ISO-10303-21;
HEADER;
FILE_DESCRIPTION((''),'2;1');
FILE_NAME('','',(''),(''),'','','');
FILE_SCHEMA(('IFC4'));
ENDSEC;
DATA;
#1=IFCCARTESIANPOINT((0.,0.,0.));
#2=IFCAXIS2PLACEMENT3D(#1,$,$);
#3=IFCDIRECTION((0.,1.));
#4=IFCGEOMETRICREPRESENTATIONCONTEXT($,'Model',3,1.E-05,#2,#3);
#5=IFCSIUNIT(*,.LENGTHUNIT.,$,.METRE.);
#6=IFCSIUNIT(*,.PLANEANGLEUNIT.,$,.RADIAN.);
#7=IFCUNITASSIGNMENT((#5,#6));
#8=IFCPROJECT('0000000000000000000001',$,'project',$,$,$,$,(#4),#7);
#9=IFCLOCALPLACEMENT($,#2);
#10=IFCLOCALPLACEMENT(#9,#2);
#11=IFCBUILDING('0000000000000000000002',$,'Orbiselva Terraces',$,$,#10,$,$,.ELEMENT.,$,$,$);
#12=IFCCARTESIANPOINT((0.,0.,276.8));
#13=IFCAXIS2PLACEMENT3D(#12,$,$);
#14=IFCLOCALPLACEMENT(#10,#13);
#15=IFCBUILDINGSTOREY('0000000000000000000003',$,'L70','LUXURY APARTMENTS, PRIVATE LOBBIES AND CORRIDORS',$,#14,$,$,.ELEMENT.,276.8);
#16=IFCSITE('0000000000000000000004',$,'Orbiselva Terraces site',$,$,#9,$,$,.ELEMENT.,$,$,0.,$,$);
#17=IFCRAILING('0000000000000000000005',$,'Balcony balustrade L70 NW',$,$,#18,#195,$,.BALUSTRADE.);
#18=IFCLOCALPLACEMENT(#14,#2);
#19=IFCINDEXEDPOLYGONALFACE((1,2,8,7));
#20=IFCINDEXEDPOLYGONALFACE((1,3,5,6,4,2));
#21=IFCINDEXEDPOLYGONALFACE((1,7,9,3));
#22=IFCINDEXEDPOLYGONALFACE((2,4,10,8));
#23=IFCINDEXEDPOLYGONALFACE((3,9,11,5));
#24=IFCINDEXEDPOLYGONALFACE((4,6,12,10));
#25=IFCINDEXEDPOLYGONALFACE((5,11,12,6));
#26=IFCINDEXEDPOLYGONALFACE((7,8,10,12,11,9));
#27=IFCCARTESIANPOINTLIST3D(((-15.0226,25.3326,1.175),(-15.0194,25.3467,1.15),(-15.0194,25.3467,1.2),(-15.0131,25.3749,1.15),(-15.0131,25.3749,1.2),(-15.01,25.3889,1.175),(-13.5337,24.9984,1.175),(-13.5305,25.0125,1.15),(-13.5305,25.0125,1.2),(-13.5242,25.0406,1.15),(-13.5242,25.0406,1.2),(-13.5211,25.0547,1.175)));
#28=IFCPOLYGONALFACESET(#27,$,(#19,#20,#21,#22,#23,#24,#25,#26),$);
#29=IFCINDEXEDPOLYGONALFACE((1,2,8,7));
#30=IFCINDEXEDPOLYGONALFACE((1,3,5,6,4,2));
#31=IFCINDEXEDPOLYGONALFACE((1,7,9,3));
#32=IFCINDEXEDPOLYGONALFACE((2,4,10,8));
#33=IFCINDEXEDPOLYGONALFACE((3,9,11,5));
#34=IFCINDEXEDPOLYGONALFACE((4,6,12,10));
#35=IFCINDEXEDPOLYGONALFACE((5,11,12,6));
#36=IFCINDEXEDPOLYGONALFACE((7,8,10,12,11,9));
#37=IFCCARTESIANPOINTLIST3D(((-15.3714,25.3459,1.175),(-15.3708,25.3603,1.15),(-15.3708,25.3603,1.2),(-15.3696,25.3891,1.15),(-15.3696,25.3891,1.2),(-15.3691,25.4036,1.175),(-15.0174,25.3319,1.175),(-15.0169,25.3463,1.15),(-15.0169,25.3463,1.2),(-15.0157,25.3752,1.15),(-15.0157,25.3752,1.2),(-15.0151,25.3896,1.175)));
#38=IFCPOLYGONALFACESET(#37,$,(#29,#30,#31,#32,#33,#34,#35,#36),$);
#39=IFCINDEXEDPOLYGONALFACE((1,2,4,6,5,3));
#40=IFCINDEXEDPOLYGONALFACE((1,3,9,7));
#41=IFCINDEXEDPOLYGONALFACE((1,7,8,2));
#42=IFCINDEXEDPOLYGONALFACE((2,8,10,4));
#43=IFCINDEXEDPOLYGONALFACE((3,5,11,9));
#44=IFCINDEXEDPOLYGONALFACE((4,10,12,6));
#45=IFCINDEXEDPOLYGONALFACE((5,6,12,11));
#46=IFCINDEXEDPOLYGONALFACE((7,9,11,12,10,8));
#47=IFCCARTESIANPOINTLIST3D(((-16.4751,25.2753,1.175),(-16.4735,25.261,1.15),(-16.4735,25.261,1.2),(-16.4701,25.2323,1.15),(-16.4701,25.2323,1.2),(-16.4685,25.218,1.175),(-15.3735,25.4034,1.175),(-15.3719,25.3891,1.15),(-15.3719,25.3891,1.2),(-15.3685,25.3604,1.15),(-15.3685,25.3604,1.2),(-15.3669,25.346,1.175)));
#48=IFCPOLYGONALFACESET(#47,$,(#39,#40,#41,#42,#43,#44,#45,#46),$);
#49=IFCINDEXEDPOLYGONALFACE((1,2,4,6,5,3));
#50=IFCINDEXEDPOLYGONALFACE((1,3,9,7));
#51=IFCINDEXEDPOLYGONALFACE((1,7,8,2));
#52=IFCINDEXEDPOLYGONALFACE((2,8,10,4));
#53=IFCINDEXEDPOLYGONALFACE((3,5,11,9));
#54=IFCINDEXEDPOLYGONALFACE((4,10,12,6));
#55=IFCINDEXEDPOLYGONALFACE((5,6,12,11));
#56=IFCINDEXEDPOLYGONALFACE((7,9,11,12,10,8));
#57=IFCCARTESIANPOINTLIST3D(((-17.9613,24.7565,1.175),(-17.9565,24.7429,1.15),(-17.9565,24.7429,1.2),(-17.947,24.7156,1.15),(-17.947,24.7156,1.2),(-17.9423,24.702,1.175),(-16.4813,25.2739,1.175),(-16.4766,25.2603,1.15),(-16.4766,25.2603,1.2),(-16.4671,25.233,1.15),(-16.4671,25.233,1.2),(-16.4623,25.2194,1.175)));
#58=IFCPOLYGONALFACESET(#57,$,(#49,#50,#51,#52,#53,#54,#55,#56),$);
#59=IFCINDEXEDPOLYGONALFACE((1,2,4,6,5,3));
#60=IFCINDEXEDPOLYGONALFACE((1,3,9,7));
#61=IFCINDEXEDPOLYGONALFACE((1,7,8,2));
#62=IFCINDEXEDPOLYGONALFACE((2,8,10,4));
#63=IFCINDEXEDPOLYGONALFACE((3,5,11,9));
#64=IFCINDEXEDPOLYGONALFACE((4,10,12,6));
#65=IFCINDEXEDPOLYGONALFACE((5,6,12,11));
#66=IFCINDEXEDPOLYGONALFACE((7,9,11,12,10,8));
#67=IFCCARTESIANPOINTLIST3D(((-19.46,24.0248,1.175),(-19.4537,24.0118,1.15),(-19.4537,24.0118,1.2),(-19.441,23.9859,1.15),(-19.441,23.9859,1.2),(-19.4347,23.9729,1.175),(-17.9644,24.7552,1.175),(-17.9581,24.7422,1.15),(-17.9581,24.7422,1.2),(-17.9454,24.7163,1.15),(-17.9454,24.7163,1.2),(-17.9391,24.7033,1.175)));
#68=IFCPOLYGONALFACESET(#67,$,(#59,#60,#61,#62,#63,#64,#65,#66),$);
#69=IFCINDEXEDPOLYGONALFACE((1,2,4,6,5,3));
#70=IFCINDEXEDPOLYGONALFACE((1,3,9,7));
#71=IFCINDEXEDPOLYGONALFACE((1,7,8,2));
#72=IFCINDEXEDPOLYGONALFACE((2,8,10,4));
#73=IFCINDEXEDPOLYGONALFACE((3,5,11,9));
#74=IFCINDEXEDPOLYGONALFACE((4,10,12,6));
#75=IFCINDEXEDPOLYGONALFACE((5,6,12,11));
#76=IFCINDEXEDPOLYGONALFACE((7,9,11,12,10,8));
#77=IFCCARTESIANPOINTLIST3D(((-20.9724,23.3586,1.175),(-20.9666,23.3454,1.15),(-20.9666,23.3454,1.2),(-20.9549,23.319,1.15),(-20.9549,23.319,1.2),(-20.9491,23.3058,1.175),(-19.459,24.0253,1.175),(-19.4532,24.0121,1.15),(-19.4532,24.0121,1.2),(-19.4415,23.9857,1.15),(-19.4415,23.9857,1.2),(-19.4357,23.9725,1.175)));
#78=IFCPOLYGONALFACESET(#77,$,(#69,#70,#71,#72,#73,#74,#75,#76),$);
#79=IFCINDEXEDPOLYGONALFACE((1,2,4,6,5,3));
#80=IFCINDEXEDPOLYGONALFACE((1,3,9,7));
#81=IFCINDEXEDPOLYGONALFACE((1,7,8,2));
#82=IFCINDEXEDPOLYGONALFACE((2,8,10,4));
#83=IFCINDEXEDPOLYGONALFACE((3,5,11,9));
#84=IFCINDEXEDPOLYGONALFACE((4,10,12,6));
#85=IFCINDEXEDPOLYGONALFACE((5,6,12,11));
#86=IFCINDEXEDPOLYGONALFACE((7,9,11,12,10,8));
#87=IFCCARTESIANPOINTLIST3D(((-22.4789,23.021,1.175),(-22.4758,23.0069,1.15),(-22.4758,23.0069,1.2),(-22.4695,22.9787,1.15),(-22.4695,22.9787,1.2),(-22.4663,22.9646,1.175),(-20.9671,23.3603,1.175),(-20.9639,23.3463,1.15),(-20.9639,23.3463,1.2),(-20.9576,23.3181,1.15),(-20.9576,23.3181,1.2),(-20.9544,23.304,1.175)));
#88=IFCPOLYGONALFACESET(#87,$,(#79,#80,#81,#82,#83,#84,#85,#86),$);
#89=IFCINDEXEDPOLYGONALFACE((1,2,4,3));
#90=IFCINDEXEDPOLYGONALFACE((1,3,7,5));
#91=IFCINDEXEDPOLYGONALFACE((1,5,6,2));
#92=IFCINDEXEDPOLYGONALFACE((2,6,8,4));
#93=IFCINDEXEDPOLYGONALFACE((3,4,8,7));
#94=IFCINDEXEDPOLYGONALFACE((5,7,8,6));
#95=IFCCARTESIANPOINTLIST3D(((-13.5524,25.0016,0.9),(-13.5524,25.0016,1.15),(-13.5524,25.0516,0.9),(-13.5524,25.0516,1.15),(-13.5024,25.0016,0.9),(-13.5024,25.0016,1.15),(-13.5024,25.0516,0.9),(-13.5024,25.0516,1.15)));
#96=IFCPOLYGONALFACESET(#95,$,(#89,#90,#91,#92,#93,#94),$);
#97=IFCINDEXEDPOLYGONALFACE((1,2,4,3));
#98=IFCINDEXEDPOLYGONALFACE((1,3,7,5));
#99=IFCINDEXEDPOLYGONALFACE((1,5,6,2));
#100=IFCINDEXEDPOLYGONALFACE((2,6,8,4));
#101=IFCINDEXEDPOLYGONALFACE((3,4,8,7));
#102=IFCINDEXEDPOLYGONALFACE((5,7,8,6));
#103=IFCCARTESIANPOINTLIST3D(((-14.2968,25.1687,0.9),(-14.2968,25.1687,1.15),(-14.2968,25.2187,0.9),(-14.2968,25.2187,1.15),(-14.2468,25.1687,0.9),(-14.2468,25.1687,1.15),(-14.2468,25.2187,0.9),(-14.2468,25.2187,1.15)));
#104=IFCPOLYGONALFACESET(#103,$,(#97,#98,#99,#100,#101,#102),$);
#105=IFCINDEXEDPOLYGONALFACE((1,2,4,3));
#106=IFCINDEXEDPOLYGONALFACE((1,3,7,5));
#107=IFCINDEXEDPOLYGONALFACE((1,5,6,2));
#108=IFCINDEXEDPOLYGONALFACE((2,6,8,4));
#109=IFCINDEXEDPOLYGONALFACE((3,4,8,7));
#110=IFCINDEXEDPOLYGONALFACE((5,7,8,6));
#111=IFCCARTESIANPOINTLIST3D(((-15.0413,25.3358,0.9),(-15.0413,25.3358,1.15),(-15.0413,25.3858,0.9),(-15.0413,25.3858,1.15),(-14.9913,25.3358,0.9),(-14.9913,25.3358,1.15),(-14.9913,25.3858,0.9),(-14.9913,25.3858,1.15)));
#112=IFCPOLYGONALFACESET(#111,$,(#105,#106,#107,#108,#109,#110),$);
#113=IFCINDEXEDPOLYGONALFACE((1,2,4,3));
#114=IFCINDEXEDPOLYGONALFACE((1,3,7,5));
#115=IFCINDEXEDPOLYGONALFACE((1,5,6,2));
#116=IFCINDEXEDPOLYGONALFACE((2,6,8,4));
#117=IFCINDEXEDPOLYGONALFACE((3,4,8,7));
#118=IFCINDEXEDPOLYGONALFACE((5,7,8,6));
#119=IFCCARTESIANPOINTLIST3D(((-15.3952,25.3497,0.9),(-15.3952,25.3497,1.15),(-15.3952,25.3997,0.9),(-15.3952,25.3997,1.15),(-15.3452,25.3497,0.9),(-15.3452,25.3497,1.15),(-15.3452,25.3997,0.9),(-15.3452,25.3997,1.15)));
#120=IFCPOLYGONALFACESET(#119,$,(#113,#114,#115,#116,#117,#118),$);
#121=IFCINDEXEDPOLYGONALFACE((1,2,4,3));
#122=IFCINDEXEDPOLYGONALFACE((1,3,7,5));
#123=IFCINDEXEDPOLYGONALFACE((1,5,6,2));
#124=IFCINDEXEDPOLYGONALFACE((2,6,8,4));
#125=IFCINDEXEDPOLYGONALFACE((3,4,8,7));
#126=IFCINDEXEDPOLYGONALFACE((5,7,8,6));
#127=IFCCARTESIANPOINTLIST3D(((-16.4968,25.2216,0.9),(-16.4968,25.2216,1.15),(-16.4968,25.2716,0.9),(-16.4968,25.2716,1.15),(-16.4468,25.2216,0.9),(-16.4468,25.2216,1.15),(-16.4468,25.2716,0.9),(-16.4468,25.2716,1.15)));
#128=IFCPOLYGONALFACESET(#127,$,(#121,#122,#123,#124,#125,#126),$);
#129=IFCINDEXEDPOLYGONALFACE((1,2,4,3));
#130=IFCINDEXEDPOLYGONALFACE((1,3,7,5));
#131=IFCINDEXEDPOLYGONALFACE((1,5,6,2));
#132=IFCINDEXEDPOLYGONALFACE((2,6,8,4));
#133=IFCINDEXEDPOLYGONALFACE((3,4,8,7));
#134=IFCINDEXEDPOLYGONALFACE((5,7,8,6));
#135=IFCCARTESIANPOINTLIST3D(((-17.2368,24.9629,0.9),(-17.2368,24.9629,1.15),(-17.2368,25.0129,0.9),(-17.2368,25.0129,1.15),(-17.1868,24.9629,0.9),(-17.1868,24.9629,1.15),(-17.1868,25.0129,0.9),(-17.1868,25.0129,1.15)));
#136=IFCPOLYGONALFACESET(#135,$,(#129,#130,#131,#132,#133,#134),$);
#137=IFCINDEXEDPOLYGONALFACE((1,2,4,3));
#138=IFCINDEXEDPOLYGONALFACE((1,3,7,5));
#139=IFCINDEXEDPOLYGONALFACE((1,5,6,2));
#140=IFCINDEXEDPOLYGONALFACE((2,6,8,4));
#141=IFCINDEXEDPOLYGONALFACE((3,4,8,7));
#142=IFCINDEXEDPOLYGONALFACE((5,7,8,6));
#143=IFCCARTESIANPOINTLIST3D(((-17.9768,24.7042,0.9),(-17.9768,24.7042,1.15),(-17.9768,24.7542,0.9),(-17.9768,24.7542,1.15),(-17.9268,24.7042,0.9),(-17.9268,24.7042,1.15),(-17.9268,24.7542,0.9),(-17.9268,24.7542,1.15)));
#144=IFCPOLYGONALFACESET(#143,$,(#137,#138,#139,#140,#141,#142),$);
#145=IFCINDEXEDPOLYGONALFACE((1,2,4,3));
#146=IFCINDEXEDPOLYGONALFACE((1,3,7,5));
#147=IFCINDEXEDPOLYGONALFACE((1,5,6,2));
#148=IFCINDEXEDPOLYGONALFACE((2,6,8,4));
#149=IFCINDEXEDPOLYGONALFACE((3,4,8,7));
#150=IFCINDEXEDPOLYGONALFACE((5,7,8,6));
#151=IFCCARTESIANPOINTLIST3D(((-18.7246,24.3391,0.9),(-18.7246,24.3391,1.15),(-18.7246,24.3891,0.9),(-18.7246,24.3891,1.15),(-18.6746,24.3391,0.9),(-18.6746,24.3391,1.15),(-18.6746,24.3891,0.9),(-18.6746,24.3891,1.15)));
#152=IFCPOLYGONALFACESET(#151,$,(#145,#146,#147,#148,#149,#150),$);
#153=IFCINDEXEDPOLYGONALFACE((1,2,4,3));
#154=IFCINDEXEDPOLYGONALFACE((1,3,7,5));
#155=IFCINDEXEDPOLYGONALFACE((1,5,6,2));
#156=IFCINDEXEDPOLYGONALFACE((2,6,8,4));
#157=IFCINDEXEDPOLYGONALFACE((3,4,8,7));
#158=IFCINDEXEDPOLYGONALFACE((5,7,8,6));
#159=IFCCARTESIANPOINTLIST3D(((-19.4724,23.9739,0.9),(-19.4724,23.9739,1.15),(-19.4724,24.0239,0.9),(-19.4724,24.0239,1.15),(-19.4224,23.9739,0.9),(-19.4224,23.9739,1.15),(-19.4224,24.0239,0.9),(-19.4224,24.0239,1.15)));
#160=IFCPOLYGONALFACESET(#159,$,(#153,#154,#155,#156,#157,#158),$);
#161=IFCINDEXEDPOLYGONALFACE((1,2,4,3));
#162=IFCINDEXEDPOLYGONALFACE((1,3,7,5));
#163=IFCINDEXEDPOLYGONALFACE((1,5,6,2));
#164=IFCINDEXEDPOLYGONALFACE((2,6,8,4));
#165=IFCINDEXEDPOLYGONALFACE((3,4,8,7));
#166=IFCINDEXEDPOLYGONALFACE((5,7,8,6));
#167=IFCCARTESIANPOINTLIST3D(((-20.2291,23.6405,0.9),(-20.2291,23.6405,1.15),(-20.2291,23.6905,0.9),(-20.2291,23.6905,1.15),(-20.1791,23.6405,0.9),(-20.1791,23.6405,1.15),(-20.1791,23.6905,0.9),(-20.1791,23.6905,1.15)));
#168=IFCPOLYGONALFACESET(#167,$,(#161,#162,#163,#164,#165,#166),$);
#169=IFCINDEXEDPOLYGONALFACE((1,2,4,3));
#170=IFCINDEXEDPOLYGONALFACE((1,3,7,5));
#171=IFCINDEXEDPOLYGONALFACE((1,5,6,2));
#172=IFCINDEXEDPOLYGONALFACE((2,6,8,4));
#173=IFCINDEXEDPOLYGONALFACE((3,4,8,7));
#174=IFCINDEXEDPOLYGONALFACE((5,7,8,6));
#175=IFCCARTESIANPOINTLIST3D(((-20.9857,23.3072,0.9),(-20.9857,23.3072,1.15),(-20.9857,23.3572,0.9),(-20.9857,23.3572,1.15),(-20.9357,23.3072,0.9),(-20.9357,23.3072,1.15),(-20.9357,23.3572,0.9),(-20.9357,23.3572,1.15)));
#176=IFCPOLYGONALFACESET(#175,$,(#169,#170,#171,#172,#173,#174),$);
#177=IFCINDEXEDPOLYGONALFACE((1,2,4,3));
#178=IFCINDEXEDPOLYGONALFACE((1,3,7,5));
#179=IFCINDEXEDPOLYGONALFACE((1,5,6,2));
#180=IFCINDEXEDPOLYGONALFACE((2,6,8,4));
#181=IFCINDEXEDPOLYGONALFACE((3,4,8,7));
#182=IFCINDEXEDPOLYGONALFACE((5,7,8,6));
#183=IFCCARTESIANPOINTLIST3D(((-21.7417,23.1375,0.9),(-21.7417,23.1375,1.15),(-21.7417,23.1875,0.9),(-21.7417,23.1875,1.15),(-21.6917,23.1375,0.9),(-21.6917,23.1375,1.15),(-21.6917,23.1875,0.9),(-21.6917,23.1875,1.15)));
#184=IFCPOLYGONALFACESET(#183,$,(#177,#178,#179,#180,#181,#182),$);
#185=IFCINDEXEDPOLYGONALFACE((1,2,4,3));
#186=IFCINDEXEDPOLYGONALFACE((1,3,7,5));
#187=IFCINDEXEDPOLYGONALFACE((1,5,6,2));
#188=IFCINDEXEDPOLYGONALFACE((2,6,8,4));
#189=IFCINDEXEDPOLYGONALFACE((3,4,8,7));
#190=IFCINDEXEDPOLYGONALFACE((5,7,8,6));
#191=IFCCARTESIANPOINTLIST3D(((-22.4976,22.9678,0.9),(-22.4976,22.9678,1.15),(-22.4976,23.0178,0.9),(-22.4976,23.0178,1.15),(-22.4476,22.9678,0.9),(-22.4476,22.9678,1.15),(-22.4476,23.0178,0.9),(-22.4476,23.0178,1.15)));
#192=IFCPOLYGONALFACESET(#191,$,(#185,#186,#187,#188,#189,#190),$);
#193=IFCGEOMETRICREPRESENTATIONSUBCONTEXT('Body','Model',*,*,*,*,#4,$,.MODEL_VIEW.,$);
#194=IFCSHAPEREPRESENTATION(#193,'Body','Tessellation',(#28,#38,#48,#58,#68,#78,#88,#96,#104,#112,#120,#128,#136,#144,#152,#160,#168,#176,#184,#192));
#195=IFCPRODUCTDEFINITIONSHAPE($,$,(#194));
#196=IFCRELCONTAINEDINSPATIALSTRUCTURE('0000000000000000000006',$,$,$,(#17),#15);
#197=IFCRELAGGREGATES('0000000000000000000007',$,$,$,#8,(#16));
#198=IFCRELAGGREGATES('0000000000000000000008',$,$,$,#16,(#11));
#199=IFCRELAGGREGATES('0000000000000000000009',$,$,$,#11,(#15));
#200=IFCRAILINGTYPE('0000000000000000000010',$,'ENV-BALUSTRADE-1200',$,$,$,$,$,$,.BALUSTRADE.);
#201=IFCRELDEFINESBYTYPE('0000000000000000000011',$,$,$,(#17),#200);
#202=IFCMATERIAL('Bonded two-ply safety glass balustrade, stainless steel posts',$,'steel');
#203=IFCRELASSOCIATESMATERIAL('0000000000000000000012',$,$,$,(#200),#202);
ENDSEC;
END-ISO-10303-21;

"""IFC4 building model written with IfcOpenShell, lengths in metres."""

from ifc_helpers import new_model, si_unit, direction, frame, origin, origin_2d, place, context, subcontext, project, spatial, polyline, rectangle, outline, extrude, material, type_object, element, save


model = new_model("IFC4")

# Units and contexts
model_context = context("Model", 3, precision=1e-05, world=origin(), true_north=direction((0.0, 1.0)))
body_context = subcontext(model_context, "Body", "Model", "MODEL_VIEW")
ifc_project = project(units=[si_unit("LENGTHUNIT", "METRE"), si_unit("PLANEANGLEUNIT", "RADIAN")], contexts=[model_context])

# Site, building, storey
site_placement = place(None, origin())
site = spatial("IfcSite", under=ifc_project, at=site_placement, Name="Orbiselva Terraces site", CompositionType="ELEMENT", RefElevation=0.0)
building_placement = place(site_placement, origin())
building = spatial("IfcBuilding", under=site, at=building_placement, Name="Orbiselva Terraces", CompositionType="ELEMENT")
storey_placement = place(building_placement, frame((0.0, 0.0, 276.8)))
storey = spatial("IfcBuildingStorey", under=building, at=storey_placement, Name="L70", Description="LUXURY APARTMENTS, PRIVATE LOBBIES AND CORRIDORS", CompositionType="ELEMENT", Elevation=276.8)

# Railing
ifc_material_1 = material(Name="Bonded two-ply safety glass balustrade, stainless steel posts", Category="steel")
railing_type_1 = type_object("IfcRailingType", Name="ENV-BALUSTRADE-1200", PredefinedType="BALUSTRADE", material=ifc_material_1)
railing_1_placement = place(storey_placement, frame((-13.5274, 25.0266, 0.9)))
element("IfcRailing", 1, at=railing_1_placement, inside=storey, type_object=railing_type_1, Name="Balcony balustrade L70 NW", PredefinedType="BALUSTRADE", context=body_context, shape_type="SweptSolid", body=[
    extrude(outline(polyline([(0.0289, 0.0), (0.0144, 0.025), (-0.0144, 0.025), (-0.0289, 0.0), (-0.0144, -0.025), (0.0144, -0.025), (0.0289, 0.0)])), frame((0.0, 0.0, 0.275), z_axis=(-0.975721, 0.219016, 0.0), x_axis=(-0.219016, -0.975721, 0.0)), (0.0, 0.0, 1.0), 1.526),
    extrude(outline(polyline([(0.0289, 0.0), (0.0144, 0.025), (-0.0144, 0.025), (-0.0289, 0.0), (-0.0144, -0.025), (0.0144, -0.025), (0.0289, 0.0)])), frame((-1.4889, 0.3342, 0.275), z_axis=(-0.999225, 0.039364, 0.0), x_axis=(-0.039364, -0.999225, 0.0)), (0.0, 0.0, 1.0), 0.3542),
    extrude(outline(polyline([(0.0289, 0.0), (0.0144, 0.025), (-0.0144, 0.025), (-0.0289, 0.0), (-0.0144, -0.025), (0.0144, -0.025), (0.0289, 0.0)])), frame((-1.8428, 0.3482, 0.275), z_axis=(-0.99331, -0.115481, 0.0), x_axis=(0.115481, -0.99331, 0.0)), (0.0, 0.0, 1.0), 1.109),
    extrude(outline(polyline([(0.0289, 0.0), (0.0144, 0.025), (-0.0144, 0.025), (-0.0289, 0.0), (-0.0144, -0.025), (0.0144, -0.025), (0.0289, 0.0)])), frame((-2.9444, 0.2201, 0.275), z_axis=(-0.943972, -0.330025, 0.0), x_axis=(0.330025, -0.943972, 0.0)), (0.0, 0.0, 1.0), 1.5678),
    extrude(outline(polyline([(0.0289, 0.0), (0.0144, 0.025), (-0.0144, 0.025), (-0.0289, 0.0), (-0.0144, -0.025), (0.0144, -0.025), (0.0289, 0.0)])), frame((-4.4244, -0.2973, 0.275), z_axis=(-0.898579, -0.438812, 0.0), x_axis=(0.438812, -0.898579, 0.0)), (0.0, 0.0, 1.0), 1.6644),
    extrude(outline(polyline([(0.0289, 0.0), (0.0144, 0.025), (-0.0144, 0.025), (-0.0289, 0.0), (-0.0144, -0.025), (0.0144, -0.025), (0.0289, 0.0)])), frame((-5.92, -1.0277, 0.275), z_axis=(-0.915134, -0.403151, 0.0), x_axis=(0.403151, -0.915134, 0.0)), (0.0, 0.0, 1.0), 1.6537),
    extrude(outline(polyline([(0.0289, 0.0), (0.0144, 0.025), (-0.0144, 0.025), (-0.0289, 0.0), (-0.0144, -0.025), (0.0144, -0.025), (0.0289, 0.0)])), frame((-7.4334, -1.6944, 0.275), z_axis=(-0.975721, -0.219016, 0.0), x_axis=(0.219016, -0.975721, 0.0)), (0.0, 0.0, 1.0), 1.5495),
    extrude(rectangle(XDim=0.05, YDim=0.05, at=origin_2d()), origin(), (0.0, 0.0, 1.0), 0.25),
    extrude(rectangle(XDim=0.05, YDim=0.05, at=origin_2d()), frame((-0.7445, 0.1671, 0.0)), (0.0, 0.0, 1.0), 0.25),
    extrude(rectangle(XDim=0.05, YDim=0.05, at=origin_2d()), frame((-1.4889, 0.3342, 0.0)), (0.0, 0.0, 1.0), 0.25),
    extrude(rectangle(XDim=0.05, YDim=0.05, at=origin_2d()), frame((-1.8428, 0.3482, 0.0)), (0.0, 0.0, 1.0), 0.25),
    extrude(rectangle(XDim=0.05, YDim=0.05, at=origin_2d()), frame((-2.9444, 0.2201, 0.0)), (0.0, 0.0, 1.0), 0.25),
    extrude(rectangle(XDim=0.05, YDim=0.05, at=origin_2d()), frame((-3.6844, -0.0386, 0.0)), (0.0, 0.0, 1.0), 0.25),
    extrude(rectangle(XDim=0.05, YDim=0.05, at=origin_2d()), frame((-4.4244, -0.2973, 0.0)), (0.0, 0.0, 1.0), 0.25),
    extrude(rectangle(XDim=0.05, YDim=0.05, at=origin_2d()), frame((-5.1722, -0.6625, 0.0)), (0.0, 0.0, 1.0), 0.25),
    extrude(rectangle(XDim=0.05, YDim=0.05, at=origin_2d()), frame((-5.92, -1.0277, 0.0)), (0.0, 0.0, 1.0), 0.25),
    extrude(rectangle(XDim=0.05, YDim=0.05, at=origin_2d()), frame((-6.6767, -1.361, 0.0)), (0.0, 0.0, 1.0), 0.25),
    extrude(rectangle(XDim=0.05, YDim=0.05, at=origin_2d()), frame((-7.4334, -1.6944, 0.0)), (0.0, 0.0, 1.0), 0.25),
    extrude(rectangle(XDim=0.05, YDim=0.05, at=origin_2d()), frame((-8.1893, -1.8641, 0.0)), (0.0, 0.0, 1.0), 0.25),
    extrude(rectangle(XDim=0.05, YDim=0.05, at=origin_2d()), frame((-8.9452, -2.0338, 0.0)), (0.0, 0.0, 1.0), 0.25),
])

save(model, "model.ifc")
